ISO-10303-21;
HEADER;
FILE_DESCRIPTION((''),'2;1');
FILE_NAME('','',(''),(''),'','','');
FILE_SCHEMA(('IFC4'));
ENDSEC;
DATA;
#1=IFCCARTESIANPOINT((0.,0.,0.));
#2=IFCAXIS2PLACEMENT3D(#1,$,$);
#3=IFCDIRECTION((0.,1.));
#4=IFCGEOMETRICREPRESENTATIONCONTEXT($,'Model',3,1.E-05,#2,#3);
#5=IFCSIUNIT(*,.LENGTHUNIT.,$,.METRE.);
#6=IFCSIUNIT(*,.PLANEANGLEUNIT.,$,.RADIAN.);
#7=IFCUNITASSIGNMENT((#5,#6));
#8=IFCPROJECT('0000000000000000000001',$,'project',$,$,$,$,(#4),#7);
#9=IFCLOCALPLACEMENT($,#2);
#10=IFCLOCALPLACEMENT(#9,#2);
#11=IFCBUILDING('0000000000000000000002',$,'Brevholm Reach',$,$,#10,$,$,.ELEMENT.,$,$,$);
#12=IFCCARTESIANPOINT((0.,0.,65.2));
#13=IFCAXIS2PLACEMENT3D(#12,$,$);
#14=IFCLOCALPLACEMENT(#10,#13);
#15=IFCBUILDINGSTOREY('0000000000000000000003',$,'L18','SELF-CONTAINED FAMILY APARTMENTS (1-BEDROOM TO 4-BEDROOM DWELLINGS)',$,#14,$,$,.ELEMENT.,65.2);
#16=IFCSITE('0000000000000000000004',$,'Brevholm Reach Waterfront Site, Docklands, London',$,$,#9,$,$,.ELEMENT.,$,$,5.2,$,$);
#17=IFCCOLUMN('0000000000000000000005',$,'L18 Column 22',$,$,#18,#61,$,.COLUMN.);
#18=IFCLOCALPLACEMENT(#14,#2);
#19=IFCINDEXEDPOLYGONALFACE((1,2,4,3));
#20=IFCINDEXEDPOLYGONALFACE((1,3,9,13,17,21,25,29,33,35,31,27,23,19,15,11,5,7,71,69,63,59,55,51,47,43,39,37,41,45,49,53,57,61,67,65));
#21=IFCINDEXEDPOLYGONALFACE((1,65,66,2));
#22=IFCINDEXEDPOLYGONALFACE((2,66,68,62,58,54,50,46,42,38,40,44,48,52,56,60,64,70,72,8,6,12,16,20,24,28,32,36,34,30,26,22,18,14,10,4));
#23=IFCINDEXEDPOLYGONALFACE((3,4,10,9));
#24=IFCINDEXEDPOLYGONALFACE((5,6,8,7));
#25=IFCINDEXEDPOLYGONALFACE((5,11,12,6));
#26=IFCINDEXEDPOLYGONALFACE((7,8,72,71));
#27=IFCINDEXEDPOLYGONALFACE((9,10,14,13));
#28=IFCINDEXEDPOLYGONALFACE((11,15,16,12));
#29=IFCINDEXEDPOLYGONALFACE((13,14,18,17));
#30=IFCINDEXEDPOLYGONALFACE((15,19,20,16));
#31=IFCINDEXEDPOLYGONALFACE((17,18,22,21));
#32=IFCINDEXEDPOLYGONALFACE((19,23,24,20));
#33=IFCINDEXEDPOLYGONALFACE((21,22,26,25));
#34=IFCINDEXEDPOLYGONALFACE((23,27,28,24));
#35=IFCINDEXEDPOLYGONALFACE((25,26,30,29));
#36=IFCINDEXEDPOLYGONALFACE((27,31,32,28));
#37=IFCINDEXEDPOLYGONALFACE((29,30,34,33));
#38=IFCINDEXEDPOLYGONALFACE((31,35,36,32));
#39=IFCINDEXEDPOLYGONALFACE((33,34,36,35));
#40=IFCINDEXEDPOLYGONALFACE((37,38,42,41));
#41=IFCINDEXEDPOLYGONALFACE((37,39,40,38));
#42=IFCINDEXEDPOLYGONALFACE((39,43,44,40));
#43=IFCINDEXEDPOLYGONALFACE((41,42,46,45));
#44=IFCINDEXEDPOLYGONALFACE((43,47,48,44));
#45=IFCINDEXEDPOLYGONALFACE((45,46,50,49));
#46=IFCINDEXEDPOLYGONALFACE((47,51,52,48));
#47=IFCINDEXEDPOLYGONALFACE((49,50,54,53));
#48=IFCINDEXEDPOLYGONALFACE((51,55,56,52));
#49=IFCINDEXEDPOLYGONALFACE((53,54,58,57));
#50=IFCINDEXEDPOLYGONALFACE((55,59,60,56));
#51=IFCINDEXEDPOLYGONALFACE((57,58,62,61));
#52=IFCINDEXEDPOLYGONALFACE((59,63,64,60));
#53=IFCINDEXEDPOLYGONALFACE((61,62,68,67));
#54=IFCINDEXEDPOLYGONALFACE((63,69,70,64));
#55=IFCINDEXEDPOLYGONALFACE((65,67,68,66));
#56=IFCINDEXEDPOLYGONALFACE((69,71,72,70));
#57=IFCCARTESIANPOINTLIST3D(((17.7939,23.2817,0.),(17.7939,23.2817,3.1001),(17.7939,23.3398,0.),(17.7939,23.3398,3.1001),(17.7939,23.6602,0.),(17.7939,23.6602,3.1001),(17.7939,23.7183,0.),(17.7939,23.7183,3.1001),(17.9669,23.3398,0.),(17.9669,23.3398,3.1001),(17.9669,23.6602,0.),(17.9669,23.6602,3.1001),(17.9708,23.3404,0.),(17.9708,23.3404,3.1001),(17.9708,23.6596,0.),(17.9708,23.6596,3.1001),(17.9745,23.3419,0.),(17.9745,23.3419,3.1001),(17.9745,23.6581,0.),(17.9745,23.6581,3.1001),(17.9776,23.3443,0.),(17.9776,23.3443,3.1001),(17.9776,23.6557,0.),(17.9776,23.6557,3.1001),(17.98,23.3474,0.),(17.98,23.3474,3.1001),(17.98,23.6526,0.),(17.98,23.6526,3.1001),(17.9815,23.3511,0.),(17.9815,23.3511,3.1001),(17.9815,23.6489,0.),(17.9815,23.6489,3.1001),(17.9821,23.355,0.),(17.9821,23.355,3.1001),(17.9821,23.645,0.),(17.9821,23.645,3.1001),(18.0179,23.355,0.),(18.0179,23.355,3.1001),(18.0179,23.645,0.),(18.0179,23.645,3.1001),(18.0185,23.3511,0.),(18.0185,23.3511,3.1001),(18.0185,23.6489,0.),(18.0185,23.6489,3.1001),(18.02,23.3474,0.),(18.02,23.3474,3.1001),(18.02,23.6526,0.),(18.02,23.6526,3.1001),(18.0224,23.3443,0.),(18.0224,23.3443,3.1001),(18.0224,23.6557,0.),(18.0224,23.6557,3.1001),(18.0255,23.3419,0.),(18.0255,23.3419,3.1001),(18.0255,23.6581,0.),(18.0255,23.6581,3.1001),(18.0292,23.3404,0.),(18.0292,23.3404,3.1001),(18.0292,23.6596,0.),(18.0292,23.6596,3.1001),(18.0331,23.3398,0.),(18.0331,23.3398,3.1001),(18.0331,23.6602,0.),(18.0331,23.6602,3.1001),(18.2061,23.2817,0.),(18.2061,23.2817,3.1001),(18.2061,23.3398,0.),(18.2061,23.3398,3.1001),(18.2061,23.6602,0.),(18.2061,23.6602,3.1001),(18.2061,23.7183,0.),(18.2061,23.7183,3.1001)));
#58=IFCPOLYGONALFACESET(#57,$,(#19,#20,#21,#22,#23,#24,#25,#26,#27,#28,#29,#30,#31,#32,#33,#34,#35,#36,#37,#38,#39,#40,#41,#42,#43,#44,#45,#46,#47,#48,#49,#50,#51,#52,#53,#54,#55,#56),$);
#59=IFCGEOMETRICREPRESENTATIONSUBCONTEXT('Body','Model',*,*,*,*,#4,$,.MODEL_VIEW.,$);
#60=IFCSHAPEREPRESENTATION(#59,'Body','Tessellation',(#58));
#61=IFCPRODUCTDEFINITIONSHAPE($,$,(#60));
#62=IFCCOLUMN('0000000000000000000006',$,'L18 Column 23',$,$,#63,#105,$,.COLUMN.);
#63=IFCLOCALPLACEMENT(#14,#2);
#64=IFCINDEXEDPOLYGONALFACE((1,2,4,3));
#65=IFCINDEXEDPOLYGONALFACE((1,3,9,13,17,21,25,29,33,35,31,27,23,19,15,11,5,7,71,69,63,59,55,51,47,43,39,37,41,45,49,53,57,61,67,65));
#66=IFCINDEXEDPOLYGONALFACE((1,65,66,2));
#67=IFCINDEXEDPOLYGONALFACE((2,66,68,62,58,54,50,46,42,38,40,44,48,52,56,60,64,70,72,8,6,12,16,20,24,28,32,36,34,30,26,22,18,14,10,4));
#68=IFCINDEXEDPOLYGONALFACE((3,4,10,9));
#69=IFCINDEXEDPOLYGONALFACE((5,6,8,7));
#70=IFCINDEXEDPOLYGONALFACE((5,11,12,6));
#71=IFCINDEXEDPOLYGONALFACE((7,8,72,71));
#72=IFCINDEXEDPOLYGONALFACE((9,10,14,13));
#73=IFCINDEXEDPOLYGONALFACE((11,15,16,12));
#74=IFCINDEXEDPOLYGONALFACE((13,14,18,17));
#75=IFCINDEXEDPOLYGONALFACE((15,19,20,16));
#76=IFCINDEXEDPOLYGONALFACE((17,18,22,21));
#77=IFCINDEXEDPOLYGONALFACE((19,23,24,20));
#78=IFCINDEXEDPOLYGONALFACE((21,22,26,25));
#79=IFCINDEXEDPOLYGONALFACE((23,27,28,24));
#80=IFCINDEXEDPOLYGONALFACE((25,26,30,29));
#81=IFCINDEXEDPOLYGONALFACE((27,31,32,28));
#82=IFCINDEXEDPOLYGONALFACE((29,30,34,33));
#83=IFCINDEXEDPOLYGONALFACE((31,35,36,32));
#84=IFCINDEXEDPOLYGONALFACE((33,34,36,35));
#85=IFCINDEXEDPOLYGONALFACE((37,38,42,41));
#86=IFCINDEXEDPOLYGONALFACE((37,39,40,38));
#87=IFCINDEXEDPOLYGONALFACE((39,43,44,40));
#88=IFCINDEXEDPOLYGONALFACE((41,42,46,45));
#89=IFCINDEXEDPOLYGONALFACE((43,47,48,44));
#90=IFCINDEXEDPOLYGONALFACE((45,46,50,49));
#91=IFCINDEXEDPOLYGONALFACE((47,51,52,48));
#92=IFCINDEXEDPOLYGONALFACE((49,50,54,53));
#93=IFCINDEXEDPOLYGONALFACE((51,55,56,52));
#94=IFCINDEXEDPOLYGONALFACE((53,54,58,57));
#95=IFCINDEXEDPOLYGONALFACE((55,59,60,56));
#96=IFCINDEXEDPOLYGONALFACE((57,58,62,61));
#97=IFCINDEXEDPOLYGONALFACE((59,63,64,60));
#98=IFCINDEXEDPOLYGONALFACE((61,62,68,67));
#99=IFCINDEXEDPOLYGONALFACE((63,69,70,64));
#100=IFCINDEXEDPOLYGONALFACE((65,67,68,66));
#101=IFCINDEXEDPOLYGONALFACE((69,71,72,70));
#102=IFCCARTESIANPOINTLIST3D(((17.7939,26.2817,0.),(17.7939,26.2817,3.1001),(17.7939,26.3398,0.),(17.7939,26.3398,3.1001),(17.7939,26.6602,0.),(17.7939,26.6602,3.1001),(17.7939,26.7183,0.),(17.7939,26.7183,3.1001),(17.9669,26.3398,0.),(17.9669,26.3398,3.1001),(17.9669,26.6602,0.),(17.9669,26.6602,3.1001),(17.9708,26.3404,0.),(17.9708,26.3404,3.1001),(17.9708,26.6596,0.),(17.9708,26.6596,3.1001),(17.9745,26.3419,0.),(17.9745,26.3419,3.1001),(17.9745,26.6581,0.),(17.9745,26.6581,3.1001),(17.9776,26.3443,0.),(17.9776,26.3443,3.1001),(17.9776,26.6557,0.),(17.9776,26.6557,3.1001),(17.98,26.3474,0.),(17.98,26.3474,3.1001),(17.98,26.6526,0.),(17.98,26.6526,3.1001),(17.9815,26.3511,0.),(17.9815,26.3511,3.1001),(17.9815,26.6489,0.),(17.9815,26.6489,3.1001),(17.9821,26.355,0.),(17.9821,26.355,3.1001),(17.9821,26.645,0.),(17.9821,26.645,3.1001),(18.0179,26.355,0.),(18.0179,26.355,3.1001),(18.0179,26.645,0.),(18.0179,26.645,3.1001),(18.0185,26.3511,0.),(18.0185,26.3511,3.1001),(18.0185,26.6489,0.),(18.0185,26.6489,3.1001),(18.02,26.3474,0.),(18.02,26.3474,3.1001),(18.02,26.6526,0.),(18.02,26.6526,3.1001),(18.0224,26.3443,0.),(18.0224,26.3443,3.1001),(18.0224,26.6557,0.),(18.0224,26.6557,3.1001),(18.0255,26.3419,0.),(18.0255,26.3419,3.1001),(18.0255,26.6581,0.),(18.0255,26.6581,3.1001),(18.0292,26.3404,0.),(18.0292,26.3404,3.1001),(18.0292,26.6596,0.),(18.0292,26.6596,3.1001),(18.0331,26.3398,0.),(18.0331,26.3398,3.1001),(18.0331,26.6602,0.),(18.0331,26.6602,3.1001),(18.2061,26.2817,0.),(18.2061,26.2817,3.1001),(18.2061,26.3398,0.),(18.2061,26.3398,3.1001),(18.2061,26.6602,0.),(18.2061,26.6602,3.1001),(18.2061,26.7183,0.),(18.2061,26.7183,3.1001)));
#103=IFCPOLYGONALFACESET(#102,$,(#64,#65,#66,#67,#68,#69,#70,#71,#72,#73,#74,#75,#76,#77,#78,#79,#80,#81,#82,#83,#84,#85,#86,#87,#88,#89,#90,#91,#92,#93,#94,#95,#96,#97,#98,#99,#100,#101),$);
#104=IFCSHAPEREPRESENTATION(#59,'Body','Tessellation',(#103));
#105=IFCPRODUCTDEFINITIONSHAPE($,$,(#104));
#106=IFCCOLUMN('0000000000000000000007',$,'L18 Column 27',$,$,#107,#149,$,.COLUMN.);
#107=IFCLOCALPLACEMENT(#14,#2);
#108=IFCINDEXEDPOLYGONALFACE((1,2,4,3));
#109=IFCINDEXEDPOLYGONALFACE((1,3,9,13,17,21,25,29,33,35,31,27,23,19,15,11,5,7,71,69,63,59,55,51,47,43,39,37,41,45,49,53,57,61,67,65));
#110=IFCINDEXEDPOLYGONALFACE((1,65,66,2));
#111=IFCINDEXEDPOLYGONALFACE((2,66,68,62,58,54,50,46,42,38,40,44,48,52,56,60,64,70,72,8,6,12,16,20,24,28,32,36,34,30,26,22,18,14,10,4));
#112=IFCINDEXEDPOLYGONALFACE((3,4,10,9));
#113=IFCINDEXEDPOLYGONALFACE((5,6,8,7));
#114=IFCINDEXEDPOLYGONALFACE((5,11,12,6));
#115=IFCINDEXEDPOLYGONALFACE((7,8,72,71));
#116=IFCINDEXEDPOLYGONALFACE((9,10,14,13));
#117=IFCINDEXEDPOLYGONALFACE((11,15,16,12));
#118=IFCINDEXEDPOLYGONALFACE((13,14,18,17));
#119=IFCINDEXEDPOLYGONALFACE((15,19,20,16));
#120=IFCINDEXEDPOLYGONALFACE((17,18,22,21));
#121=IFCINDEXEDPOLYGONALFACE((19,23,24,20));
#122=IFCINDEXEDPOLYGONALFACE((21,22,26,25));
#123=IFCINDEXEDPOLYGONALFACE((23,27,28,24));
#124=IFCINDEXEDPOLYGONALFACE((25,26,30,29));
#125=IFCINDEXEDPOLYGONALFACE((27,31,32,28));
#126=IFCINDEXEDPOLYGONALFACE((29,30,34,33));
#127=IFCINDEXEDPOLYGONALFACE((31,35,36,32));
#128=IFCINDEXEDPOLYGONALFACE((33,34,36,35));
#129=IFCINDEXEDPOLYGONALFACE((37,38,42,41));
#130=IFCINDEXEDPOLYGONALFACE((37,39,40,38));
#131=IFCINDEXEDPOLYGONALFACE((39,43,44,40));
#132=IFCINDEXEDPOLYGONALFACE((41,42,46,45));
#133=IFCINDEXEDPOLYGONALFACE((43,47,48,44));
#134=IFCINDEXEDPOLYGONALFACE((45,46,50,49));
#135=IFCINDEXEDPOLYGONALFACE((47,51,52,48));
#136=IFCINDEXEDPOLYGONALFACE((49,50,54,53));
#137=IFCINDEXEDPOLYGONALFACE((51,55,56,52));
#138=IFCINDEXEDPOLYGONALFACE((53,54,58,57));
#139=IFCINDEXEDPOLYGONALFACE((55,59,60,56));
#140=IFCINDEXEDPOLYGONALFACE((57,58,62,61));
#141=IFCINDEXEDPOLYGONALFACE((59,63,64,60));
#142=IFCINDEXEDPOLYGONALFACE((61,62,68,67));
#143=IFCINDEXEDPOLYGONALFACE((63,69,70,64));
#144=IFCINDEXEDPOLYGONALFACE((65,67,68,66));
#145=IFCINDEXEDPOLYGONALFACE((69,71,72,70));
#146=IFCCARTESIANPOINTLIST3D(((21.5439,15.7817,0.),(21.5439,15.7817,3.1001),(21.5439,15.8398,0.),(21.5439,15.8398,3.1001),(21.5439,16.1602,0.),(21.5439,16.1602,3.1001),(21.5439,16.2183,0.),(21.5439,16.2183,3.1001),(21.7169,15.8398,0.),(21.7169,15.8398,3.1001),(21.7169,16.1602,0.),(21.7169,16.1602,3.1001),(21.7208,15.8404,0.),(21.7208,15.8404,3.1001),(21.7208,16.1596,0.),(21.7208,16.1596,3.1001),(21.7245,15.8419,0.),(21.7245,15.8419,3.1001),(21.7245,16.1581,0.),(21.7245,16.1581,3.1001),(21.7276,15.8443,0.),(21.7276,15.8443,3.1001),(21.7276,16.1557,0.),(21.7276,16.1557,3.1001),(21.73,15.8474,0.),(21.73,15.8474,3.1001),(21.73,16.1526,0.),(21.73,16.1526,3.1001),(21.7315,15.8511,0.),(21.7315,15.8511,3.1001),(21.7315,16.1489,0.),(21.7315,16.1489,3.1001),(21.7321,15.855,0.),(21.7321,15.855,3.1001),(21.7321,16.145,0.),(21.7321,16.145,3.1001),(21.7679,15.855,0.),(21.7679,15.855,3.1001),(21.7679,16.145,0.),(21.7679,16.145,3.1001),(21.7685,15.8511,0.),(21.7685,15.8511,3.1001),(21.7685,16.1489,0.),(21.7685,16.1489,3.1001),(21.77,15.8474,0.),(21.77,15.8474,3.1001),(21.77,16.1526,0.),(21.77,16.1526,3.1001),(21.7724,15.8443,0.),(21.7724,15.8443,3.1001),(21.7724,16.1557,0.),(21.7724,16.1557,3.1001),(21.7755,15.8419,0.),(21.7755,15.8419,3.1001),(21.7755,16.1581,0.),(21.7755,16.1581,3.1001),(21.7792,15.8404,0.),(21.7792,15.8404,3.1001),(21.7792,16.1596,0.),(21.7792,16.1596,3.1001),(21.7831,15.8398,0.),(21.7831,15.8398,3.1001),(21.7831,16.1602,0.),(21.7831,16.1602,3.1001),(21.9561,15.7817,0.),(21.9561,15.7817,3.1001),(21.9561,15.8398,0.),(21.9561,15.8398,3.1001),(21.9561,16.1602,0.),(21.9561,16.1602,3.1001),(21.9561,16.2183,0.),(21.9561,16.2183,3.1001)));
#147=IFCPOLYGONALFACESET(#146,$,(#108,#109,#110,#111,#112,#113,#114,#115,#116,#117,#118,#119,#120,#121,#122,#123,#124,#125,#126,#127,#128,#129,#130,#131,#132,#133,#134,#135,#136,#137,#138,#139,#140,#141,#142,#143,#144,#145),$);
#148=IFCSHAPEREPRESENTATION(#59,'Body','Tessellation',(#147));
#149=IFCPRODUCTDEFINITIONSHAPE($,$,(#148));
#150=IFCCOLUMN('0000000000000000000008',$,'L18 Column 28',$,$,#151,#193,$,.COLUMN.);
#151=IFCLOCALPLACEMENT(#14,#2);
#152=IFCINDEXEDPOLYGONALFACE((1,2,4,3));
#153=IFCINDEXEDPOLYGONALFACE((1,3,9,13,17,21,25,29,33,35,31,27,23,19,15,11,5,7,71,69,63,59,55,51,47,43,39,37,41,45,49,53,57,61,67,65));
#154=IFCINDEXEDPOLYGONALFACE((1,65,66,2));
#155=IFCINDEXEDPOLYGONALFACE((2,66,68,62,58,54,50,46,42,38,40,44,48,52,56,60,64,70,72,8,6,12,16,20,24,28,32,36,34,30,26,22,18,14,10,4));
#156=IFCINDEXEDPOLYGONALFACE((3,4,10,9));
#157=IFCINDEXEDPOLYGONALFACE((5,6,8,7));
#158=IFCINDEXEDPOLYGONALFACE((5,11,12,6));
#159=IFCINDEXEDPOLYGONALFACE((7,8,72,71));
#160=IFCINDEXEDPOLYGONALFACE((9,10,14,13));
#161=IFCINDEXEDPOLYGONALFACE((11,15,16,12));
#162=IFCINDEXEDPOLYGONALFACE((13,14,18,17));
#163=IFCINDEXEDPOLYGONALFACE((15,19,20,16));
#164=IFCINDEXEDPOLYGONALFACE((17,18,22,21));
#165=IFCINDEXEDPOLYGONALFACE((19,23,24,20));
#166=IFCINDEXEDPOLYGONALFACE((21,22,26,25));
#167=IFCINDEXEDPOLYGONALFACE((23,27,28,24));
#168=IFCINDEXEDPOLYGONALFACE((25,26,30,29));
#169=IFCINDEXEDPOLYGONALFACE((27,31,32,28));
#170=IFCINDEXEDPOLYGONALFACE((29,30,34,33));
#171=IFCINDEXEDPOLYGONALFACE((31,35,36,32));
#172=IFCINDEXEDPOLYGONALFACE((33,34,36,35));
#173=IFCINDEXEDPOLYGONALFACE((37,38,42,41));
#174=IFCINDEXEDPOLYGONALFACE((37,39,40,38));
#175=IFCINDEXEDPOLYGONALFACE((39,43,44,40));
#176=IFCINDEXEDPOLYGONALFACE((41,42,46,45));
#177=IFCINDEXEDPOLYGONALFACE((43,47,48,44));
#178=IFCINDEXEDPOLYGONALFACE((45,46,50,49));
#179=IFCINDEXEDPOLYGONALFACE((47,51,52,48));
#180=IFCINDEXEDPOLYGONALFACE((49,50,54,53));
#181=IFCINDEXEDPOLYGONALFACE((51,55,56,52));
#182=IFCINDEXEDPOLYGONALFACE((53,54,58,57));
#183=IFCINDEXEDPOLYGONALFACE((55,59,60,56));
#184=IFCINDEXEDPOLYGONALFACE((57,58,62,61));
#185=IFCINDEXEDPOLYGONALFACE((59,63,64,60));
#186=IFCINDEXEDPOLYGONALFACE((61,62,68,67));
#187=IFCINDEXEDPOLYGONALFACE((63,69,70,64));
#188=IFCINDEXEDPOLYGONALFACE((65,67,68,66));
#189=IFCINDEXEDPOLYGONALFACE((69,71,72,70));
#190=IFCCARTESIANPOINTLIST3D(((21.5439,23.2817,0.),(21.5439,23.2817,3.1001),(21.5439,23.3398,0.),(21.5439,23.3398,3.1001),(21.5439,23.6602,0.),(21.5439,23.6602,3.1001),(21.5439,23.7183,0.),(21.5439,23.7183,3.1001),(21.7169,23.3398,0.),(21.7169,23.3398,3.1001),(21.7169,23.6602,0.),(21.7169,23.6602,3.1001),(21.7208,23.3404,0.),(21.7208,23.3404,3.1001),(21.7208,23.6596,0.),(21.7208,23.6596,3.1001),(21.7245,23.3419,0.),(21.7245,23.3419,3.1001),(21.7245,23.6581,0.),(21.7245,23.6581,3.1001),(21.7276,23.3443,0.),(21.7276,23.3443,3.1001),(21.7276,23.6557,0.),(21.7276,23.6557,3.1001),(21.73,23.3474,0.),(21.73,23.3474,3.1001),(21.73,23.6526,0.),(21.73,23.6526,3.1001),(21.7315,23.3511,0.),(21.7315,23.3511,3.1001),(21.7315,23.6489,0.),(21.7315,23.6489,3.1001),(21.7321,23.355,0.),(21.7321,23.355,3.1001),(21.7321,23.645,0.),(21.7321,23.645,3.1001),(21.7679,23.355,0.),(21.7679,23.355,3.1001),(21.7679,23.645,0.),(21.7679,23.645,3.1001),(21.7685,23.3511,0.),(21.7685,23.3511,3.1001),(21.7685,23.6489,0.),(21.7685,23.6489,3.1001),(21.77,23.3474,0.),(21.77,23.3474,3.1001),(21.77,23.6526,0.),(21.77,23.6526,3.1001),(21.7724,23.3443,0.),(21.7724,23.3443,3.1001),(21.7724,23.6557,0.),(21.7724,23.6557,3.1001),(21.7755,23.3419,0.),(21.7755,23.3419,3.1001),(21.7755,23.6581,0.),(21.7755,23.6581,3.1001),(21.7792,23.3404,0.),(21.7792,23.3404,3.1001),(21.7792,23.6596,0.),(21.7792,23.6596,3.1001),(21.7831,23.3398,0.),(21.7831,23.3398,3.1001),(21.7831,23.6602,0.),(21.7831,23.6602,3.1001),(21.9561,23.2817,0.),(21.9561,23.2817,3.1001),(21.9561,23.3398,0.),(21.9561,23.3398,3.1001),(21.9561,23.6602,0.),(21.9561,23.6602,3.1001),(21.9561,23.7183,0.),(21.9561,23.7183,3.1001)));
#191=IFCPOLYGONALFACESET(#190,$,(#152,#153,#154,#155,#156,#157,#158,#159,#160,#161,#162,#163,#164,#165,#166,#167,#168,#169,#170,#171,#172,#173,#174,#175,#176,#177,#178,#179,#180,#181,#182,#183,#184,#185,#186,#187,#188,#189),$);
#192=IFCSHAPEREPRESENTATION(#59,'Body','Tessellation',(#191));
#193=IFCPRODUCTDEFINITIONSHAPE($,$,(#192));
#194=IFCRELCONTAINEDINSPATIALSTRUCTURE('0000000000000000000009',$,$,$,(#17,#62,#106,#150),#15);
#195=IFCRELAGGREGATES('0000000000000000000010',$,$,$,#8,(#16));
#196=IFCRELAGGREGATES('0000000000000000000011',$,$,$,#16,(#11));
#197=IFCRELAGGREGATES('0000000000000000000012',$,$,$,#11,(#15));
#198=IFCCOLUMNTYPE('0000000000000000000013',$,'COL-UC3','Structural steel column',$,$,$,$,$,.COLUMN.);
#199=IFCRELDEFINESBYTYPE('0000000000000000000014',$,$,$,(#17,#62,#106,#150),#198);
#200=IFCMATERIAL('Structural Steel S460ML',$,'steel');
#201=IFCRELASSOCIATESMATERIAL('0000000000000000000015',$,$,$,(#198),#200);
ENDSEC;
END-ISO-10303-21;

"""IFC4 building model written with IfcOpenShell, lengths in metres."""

from ifc_helpers import new_model, si_unit, direction, frame, origin, origin_2d, place, context, subcontext, project, spatial, i_section, extrude, material, material_profile, profile_set, type_object, element, save


model = new_model("IFC4")

# Units and contexts
model_context = context("Model", 3, precision=1e-05, world=origin(), true_north=direction((0.0, 1.0)))
body_context = subcontext(model_context, "Body", "Model", "MODEL_VIEW")
ifc_project = project(units=[si_unit("LENGTHUNIT", "METRE"), si_unit("PLANEANGLEUNIT", "RADIAN")], contexts=[model_context])

# Site, building, storey
site_placement = place(None, origin())
site = spatial("IfcSite", under=ifc_project, at=site_placement, Name="Brevholm Reach Waterfront Site, Docklands, London", CompositionType="ELEMENT", RefElevation=5.2)
building_placement = place(site_placement, origin())
building = spatial("IfcBuilding", under=site, at=building_placement, Name="Brevholm Reach", CompositionType="ELEMENT")
storey_placement = place(building_placement, frame((0.0, 0.0, 65.2)))
storey = spatial("IfcBuildingStorey", under=building, at=storey_placement, Name="L18", Description="SELF-CONTAINED FAMILY APARTMENTS (1-BEDROOM TO 4-BEDROOM DWELLINGS)", CompositionType="ELEMENT", Elevation=65.2)

# Columns
ifc_material_1 = material(Name="Structural Steel S460ML", Category="steel")
ifc_material_profile_1 = material_profile(ifc_material_1, i_section(OverallWidth=0.4121, OverallDepth=0.4365, WebThickness=0.0359, FlangeThickness=0.0581, FilletRadius=0.0151, at=origin_2d()), Name="UKC 356x406x467")
ifc_profile_set_1 = profile_set([ifc_material_profile_1], Name="Structural Steel S460ML")
column_type_1 = type_object("IfcColumnType", Name="COL-UC3", Description="Structural steel column", PredefinedType="COLUMN", material=ifc_profile_set_1)
for number, where, z_axis, x_axis, name in (
    (1, (18.0, 23.5, 0.0), (0.0, 0.0, 1.0), (1.0, 0.0, 0.0), "L18 Column 22"),
    (2, (18.0, 26.5, 0.0), (0.0, 0.0, 1.0), (1.0, 0.0, 0.0), "L18 Column 23"),
    (3, (21.75, 16.0, 0.0), (0.0, 0.0, 1.0), (1.0, 0.0, 0.0), "L18 Column 27"),
    (4, (21.75, 23.5, 0.0), (0.0, 0.0, 1.0), (1.0, 0.0, 0.0), "L18 Column 28"),
):
    element("IfcColumn", number, at=place(storey_placement, frame(where, z_axis=z_axis, x_axis=x_axis)), inside=storey, type_object=column_type_1, Name=name, PredefinedType="COLUMN", context=body_context, shape_type="SweptSolid", body=[
        extrude(i_section(OverallWidth=0.4121, OverallDepth=0.4365, WebThickness=0.0359, FlangeThickness=0.0581, FilletRadius=0.0151, at=origin_2d()), origin(), (0.0, 0.0, 1.0), 3.1001),
    ])

save(model, "model.ifc")
